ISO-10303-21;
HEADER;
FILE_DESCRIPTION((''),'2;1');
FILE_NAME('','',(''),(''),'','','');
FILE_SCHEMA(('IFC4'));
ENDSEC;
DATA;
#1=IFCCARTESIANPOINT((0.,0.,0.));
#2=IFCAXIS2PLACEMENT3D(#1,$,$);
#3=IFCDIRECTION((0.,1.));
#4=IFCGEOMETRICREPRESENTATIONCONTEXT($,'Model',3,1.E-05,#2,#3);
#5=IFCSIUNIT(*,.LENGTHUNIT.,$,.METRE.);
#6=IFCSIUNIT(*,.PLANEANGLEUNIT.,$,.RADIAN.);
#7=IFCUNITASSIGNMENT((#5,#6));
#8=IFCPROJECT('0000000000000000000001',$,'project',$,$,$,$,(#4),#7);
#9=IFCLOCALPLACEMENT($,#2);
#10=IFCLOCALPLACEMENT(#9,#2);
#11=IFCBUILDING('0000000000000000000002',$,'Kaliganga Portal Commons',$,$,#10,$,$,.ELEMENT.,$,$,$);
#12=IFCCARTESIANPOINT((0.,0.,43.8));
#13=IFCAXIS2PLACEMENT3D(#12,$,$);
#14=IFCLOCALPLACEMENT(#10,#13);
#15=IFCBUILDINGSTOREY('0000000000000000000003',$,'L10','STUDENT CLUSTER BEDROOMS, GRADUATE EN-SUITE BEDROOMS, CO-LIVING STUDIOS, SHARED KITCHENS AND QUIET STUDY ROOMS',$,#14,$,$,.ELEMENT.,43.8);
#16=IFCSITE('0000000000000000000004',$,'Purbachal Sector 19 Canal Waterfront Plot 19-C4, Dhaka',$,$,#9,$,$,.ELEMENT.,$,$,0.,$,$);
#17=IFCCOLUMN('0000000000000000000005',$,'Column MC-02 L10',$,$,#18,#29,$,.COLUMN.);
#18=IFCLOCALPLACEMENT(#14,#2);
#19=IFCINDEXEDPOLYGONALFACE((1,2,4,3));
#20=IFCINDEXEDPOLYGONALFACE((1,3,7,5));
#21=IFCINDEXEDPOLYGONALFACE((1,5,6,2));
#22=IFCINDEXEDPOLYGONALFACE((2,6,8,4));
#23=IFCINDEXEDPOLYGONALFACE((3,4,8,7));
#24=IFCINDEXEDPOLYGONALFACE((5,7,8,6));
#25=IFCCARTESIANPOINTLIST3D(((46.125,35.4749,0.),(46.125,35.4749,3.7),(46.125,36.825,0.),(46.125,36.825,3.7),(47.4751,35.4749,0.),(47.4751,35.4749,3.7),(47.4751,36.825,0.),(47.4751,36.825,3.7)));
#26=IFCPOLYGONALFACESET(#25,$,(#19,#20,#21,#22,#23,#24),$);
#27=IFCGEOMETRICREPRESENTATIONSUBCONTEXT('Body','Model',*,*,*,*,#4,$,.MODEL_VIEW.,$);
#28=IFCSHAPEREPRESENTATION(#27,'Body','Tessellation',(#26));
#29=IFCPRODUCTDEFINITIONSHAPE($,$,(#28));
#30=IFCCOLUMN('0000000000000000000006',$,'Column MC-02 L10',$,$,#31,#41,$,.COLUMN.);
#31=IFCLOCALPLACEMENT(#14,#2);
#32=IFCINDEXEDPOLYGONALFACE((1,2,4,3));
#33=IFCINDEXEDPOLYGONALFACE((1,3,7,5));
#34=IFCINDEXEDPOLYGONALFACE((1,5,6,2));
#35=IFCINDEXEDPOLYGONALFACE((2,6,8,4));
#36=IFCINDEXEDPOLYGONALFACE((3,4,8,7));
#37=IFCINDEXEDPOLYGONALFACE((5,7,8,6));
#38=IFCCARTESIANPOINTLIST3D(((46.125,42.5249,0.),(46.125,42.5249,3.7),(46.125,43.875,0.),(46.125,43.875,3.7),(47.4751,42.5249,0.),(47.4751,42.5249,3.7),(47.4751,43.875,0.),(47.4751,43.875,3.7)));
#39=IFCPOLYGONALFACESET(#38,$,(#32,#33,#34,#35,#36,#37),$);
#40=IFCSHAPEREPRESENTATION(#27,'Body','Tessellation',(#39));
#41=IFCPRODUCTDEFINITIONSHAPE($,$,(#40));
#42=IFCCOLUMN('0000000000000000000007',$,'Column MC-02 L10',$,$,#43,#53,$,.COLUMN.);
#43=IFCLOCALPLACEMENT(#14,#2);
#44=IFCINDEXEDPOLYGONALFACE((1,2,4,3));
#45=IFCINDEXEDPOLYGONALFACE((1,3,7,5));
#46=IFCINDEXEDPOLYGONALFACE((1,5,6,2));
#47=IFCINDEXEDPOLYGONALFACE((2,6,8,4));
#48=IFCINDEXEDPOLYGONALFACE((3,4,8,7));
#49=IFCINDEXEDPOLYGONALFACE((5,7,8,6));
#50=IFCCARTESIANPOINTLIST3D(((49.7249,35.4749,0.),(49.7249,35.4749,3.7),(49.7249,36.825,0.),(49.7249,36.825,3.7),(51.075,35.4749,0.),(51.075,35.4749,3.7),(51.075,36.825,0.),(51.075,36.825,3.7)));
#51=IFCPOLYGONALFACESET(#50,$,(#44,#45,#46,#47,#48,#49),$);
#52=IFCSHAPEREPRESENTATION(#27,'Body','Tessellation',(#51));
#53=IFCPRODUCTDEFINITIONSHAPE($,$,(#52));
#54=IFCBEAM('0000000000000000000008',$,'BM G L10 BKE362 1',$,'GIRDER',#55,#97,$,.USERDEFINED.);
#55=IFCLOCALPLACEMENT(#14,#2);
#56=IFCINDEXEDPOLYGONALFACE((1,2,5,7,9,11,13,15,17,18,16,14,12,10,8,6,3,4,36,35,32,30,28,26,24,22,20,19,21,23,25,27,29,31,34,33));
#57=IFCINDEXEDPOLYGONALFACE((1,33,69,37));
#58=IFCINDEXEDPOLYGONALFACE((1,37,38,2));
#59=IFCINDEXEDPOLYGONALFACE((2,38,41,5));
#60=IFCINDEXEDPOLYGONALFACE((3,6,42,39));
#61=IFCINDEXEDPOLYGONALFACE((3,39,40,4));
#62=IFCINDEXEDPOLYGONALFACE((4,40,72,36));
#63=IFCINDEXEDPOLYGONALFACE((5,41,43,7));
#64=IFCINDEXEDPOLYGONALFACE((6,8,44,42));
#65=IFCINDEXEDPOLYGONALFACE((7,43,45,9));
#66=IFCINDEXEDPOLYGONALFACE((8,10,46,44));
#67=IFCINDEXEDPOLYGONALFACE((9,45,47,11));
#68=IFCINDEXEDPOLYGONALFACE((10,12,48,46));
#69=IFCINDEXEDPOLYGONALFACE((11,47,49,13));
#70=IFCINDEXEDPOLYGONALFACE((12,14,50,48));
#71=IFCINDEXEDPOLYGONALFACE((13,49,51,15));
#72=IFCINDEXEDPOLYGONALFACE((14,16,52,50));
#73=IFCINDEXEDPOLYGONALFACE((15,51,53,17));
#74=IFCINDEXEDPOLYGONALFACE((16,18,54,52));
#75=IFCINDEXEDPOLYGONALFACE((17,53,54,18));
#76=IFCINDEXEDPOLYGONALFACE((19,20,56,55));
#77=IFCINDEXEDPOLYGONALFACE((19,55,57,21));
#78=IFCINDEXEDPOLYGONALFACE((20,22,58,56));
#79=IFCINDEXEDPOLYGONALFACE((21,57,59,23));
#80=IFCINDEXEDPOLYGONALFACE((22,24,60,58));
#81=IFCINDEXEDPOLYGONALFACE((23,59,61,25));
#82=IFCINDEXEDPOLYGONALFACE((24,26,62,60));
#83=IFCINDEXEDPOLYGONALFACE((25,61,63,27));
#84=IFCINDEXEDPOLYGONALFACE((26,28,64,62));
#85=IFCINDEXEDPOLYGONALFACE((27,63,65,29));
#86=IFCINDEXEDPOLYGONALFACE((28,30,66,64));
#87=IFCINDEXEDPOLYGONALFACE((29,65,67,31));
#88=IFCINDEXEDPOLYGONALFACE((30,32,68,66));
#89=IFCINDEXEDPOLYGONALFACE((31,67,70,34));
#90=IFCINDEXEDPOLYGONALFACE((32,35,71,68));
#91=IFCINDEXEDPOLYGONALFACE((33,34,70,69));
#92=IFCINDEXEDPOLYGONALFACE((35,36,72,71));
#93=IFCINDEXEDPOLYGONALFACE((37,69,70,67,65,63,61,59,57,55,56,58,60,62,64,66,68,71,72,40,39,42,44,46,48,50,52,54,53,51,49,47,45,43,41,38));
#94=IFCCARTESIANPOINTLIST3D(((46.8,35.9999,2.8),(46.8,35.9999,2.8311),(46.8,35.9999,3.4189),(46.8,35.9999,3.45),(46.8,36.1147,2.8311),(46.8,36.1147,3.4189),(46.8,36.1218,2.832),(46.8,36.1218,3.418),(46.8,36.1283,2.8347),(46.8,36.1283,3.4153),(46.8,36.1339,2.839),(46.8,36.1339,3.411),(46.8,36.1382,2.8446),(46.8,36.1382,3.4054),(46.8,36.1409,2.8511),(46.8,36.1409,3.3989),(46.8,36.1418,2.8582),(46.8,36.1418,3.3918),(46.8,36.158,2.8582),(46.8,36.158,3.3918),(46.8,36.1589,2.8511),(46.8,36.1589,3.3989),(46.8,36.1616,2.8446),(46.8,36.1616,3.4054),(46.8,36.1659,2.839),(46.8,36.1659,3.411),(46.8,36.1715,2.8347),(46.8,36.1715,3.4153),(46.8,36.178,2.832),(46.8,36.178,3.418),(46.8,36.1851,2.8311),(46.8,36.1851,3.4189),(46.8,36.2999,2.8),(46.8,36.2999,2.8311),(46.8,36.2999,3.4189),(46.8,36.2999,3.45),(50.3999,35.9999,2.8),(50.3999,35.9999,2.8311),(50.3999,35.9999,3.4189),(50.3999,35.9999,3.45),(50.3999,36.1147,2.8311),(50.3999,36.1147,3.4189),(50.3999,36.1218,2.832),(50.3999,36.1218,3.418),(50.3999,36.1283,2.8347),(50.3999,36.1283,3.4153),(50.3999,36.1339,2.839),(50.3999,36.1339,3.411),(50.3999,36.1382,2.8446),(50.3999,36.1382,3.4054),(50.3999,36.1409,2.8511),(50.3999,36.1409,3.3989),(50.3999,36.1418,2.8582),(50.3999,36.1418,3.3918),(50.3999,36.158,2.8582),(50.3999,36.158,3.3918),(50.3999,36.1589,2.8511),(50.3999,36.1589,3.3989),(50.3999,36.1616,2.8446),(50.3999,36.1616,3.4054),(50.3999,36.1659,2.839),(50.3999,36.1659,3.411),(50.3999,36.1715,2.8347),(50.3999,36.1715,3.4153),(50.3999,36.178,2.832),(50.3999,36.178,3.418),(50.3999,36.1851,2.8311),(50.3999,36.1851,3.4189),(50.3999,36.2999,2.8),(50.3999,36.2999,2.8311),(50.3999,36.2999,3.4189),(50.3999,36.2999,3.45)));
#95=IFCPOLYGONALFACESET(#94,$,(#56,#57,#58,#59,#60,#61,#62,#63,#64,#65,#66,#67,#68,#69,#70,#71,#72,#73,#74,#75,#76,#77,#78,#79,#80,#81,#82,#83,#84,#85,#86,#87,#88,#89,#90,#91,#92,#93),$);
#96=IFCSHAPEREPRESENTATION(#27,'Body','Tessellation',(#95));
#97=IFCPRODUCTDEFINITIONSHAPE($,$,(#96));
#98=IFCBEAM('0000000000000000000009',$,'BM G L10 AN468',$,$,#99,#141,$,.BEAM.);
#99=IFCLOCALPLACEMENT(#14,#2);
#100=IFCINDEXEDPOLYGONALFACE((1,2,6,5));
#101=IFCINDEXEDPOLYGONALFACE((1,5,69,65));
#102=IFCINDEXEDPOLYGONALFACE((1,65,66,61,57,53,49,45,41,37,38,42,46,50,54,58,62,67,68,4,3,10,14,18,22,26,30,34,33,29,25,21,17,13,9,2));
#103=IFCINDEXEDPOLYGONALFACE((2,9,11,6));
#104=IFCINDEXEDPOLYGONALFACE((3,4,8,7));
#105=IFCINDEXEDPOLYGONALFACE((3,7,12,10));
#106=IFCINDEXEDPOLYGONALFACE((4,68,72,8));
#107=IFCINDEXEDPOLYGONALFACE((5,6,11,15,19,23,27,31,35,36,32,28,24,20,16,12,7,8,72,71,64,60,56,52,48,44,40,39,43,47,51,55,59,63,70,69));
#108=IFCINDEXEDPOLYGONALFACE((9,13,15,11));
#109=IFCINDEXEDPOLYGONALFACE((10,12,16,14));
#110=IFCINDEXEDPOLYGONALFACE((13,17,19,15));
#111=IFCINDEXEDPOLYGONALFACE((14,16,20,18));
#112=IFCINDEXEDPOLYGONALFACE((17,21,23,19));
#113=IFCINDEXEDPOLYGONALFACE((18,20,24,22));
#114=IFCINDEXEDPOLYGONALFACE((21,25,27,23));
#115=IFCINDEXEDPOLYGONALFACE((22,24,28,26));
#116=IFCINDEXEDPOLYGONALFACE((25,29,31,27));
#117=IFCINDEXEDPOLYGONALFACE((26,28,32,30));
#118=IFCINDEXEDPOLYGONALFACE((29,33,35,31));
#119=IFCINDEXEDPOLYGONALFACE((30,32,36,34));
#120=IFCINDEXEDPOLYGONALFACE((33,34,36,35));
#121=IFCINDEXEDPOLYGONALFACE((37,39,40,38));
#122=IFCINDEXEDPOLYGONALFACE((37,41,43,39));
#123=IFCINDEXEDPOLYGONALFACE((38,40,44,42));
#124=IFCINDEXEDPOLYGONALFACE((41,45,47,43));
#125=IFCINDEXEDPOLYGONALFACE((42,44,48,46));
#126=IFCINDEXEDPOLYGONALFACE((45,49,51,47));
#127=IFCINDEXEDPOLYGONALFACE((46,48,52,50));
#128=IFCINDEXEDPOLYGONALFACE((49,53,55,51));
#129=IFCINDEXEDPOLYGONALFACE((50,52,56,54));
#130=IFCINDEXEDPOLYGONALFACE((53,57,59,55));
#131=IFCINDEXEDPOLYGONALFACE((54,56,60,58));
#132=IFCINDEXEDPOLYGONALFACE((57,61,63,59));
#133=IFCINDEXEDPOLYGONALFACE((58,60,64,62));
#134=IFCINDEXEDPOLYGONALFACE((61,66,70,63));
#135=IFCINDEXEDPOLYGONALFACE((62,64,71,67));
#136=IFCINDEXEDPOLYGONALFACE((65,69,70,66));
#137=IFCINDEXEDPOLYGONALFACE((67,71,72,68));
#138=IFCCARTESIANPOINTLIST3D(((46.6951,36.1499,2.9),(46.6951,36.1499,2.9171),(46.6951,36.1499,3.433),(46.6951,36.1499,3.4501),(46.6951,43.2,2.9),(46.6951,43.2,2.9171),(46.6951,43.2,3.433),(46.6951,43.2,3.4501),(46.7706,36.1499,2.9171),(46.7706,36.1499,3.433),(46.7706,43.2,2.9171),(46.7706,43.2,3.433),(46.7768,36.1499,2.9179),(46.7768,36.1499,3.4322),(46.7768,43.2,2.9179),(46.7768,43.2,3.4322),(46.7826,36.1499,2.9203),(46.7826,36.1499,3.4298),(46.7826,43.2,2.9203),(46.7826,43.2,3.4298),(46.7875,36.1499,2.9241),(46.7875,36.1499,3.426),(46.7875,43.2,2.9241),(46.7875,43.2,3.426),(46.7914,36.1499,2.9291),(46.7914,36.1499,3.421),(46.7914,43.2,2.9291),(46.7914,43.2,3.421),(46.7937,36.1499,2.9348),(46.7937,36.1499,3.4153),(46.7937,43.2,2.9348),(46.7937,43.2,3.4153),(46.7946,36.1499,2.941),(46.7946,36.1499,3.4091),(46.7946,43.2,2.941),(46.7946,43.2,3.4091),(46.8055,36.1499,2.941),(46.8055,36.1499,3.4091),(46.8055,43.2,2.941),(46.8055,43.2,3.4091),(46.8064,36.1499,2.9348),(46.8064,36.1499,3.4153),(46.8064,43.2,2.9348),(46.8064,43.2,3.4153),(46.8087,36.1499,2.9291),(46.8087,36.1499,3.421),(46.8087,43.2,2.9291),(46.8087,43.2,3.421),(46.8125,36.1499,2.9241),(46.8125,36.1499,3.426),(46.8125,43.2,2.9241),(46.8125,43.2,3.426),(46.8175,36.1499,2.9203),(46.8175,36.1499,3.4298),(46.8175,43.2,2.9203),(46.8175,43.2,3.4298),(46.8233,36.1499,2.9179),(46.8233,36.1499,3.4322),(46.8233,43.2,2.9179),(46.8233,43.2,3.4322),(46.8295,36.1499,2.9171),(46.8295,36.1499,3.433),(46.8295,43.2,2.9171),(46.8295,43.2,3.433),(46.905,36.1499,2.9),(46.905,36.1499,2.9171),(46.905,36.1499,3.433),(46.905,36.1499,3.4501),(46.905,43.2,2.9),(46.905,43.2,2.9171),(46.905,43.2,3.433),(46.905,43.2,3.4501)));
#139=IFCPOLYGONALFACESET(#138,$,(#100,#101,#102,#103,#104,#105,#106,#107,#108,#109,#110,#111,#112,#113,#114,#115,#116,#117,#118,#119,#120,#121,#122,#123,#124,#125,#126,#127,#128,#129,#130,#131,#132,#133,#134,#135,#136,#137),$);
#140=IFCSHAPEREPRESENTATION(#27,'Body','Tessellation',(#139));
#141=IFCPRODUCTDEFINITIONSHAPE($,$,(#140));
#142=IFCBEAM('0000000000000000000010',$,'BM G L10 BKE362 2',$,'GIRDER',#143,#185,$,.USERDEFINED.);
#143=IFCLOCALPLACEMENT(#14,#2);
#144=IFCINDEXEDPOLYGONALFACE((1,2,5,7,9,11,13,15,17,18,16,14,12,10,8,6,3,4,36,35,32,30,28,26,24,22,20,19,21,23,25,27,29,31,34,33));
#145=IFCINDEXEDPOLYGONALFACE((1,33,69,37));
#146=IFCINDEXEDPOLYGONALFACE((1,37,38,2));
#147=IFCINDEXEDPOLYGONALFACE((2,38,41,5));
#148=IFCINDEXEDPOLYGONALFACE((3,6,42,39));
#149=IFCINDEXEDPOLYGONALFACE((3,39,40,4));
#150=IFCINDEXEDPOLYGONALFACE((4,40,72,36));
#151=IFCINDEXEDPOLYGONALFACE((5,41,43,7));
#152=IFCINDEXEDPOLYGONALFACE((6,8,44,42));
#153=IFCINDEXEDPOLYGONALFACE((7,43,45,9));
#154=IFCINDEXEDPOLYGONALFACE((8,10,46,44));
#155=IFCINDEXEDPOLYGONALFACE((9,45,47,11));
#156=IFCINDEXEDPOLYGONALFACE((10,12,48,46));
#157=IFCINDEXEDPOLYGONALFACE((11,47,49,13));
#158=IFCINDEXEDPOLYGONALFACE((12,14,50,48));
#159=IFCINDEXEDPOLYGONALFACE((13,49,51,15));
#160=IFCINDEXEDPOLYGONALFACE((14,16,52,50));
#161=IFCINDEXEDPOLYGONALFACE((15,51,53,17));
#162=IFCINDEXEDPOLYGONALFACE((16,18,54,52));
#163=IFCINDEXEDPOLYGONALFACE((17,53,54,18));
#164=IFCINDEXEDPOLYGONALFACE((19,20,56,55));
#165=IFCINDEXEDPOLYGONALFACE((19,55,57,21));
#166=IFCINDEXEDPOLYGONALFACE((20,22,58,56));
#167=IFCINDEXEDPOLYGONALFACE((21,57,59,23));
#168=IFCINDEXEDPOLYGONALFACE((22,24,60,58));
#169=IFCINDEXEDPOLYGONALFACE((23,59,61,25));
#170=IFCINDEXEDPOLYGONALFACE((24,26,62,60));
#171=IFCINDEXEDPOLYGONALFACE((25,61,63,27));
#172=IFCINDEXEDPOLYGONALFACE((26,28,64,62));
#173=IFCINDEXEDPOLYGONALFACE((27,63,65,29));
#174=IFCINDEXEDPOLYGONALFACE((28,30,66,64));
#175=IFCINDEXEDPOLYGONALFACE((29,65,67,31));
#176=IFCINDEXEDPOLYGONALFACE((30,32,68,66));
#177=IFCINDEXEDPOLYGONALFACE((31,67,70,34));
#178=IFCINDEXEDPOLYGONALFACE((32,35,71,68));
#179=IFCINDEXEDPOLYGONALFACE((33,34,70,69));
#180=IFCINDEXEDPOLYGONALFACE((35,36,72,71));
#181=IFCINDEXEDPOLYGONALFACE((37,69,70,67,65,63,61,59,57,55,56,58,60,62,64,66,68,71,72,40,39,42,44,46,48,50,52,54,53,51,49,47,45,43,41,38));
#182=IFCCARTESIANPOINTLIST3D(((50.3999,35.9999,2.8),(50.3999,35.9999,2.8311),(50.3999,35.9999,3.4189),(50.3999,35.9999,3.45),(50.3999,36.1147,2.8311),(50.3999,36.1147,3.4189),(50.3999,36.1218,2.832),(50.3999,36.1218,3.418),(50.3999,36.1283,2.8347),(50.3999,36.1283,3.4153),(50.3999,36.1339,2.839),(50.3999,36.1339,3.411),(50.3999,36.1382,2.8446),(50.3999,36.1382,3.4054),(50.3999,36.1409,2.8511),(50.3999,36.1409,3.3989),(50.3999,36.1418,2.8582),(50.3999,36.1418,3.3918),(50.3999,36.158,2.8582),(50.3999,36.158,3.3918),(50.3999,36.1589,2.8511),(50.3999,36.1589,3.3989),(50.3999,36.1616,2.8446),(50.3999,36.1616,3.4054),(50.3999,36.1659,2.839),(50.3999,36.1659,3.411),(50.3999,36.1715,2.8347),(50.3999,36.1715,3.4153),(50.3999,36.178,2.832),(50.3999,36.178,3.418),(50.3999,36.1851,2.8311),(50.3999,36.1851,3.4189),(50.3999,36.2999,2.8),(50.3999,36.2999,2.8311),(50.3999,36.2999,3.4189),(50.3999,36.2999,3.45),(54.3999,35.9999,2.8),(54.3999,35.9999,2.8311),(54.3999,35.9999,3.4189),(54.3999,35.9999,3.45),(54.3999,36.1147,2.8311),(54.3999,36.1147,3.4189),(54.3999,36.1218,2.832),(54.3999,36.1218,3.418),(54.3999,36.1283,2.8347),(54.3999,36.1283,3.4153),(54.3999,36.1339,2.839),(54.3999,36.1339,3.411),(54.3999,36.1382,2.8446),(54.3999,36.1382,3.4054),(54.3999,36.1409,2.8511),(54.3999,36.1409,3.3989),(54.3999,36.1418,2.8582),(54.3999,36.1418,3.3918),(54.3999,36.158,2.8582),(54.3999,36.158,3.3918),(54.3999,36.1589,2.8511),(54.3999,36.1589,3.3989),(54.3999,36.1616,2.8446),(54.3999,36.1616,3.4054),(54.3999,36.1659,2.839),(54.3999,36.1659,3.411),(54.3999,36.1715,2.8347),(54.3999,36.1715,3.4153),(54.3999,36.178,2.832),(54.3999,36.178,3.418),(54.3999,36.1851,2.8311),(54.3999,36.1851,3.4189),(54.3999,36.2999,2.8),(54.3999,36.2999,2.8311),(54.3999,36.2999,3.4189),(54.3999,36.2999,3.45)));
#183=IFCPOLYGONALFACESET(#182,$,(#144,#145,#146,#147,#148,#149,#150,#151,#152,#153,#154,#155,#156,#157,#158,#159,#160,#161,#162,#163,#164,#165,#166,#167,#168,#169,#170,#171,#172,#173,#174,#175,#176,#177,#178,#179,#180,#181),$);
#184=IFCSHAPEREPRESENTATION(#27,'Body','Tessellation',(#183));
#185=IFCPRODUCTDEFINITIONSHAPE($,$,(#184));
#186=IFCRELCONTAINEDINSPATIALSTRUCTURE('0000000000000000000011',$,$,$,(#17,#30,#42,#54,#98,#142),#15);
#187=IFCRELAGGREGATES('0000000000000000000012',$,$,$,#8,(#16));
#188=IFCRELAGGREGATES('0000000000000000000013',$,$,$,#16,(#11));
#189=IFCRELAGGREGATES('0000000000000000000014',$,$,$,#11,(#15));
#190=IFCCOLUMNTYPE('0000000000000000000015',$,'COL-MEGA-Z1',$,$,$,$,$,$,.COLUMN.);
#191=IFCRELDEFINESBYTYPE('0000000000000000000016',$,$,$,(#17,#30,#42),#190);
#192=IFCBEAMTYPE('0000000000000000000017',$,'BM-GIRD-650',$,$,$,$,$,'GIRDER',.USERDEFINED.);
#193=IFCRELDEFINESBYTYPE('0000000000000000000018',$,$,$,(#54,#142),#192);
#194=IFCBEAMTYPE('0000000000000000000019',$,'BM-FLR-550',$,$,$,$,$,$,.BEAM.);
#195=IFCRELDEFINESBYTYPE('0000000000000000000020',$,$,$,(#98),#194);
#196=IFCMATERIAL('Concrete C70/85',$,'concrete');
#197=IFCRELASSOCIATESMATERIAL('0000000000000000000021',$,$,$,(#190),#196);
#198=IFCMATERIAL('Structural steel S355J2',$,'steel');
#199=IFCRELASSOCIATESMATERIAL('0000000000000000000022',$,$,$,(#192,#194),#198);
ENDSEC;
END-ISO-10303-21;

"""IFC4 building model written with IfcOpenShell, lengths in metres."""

from ifc_helpers import new_model, si_unit, direction, frame, origin, origin_2d, place, context, subcontext, project, spatial, rectangle, i_section, extrude, source, transform, mapped, material, material_profile, profile_set, type_object, element, save


model = new_model("IFC4")

# Units and contexts
model_context = context("Model", 3, precision=1e-05, world=origin(), true_north=direction((0.0, 1.0)))
body_context = subcontext(model_context, "Body", "Model", "MODEL_VIEW")
ifc_project = project(units=[si_unit("LENGTHUNIT", "METRE"), si_unit("PLANEANGLEUNIT", "RADIAN")], contexts=[model_context])

# Site, building, storey
site_placement = place(None, origin())
site = spatial("IfcSite", under=ifc_project, at=site_placement, Name="Purbachal Sector 19 Canal Waterfront Plot 19-C4, Dhaka", CompositionType="ELEMENT", RefElevation=0.0)
building_placement = place(site_placement, origin())
building = spatial("IfcBuilding", under=site, at=building_placement, Name="Kaliganga Portal Commons", CompositionType="ELEMENT")
storey_placement = place(building_placement, frame((0.0, 0.0, 43.8)))
storey = spatial("IfcBuildingStorey", under=building, at=storey_placement, Name="L10", Description="STUDENT CLUSTER BEDROOMS, GRADUATE EN-SUITE BEDROOMS, CO-LIVING STUDIOS, SHARED KITCHENS AND QUIET STUDY ROOMS", CompositionType="ELEMENT", Elevation=43.8)

# Columns
ifc_material_1 = material(Name="Concrete C70/85", Category="concrete")
ifc_material_profile_1 = material_profile(ifc_material_1, rectangle(XDim=1.3501, YDim=1.3501, at=origin_2d()), Name="RC 1350x1350")
ifc_profile_set_1 = profile_set([ifc_material_profile_1], Name="Concrete C70/85")
column_type = type_object("IfcColumnType", Name="COL-MEGA-Z1", PredefinedType="COLUMN", material=ifc_profile_set_1)
shared_shape_1 = source(origin(), body_context, "Body", "SweptSolid", [
    extrude(rectangle(XDim=1.3501, YDim=1.3501, at=origin_2d()), origin(), (0.0, 0.0, 1.0), 3.7),
])
for number, where, z_axis, x_axis, name in (
    (1, (46.8, 36.1499, 0.0), (0.0, 0.0, 1.0), (1.0, 0.0, 0.0), "Column MC-02 L10"),
    (2, (46.8, 43.2, 0.0), (0.0, 0.0, 1.0), (1.0, 0.0, 0.0), "Column MC-02 L10"),
    (3, (50.3999, 36.1499, 0.0), (0.0, 0.0, 1.0), (1.0, 0.0, 0.0), "Column MC-02 L10"),
):
    element("IfcColumn", number, at=place(storey_placement, frame(where, z_axis=z_axis, x_axis=x_axis)), inside=storey, type_object=column_type, Name=name, PredefinedType="COLUMN", context=body_context, shape_type="MappedRepresentation", body=[
        mapped(shared_shape_1, transform((0.0, 0.0, 0.0), x_axis=(1.0, 0.0, 0.0), y_axis=(0.0, 1.0, 0.0), z_axis=(0.0, 0.0, 1.0), scale=1.0)),
    ])

# Beams
ifc_material_2 = material(Name="Structural steel S355J2", Category="steel")
ifc_material_profile_2 = material_profile(ifc_material_2, i_section(OverallWidth=0.3, OverallDepth=0.6499, WebThickness=0.0161, FlangeThickness=0.031, FilletRadius=0.0271, at=origin_2d()), Name="HE 650 B")
ifc_profile_set_2 = profile_set([ifc_material_profile_2], Name="Structural steel S355J2 wide-flange")
beam_type_1 = type_object("IfcBeamType", Name="BM-GIRD-650", ElementType="GIRDER", PredefinedType="USERDEFINED", material=ifc_profile_set_2)
shared_shape_2 = source(origin(), body_context, "Body", "SweptSolid", [
    extrude(i_section(OverallWidth=0.3, OverallDepth=0.6499, WebThickness=0.0161, FlangeThickness=0.031, FilletRadius=0.0271, at=origin_2d()), origin(), (0.0, 0.0, 1.0), 3.5999),
])
beam_1_placement = place(storey_placement, frame((46.8, 36.1499, 3.125), z_axis=(1.0, 0.0, 0.0), x_axis=(0.0, 1.0, 0.0)))
element("IfcBeam", 4, at=beam_1_placement, inside=storey, type_object=beam_type_1, Name="BM G L10 BKE362 1", ObjectType="GIRDER", PredefinedType="USERDEFINED", context=body_context, shape_type="MappedRepresentation", body=[
    mapped(shared_shape_2, transform((0.0, 0.0, 0.0), x_axis=(1.0, 0.0, 0.0), y_axis=(0.0, 1.0, 0.0), z_axis=(0.0, 0.0, 1.0), scale=1.0)),
])
ifc_material_profile_3 = material_profile(ifc_material_2, i_section(OverallWidth=0.21, OverallDepth=0.55, WebThickness=0.011, FlangeThickness=0.0171, FilletRadius=0.0239, at=origin_2d()), Name="IPE 550")
ifc_profile_set_3 = profile_set([ifc_material_profile_3], Name="Structural steel S355J2 wide-flange")
beam_type_2 = type_object("IfcBeamType", Name="BM-FLR-550", PredefinedType="BEAM", material=ifc_profile_set_3)
shared_shape_3 = source(origin(), body_context, "Body", "SweptSolid", [
    extrude(i_section(OverallWidth=0.21, OverallDepth=0.55, WebThickness=0.011, FlangeThickness=0.0171, FilletRadius=0.0239, at=origin_2d()), origin(), (0.0, 0.0, 1.0), 7.05),
])
beam_2_placement = place(storey_placement, frame((46.8, 36.1499, 3.175), z_axis=(0.0, 1.0, 0.0), x_axis=(-1.0, 0.0, 0.0)))
element("IfcBeam", 5, at=beam_2_placement, inside=storey, type_object=beam_type_2, Name="BM G L10 AN468", PredefinedType="BEAM", context=body_context, shape_type="MappedRepresentation", body=[
    mapped(shared_shape_3, transform((0.0, 0.0, 0.0), x_axis=(1.0, 0.0, 0.0), y_axis=(0.0, 1.0, 0.0), z_axis=(0.0, 0.0, 1.0), scale=1.0)),
])
shared_shape_4 = source(origin(), body_context, "Body", "SweptSolid", [
    extrude(i_section(OverallWidth=0.3, OverallDepth=0.6499, WebThickness=0.0161, FlangeThickness=0.031, FilletRadius=0.0271, at=origin_2d()), origin(), (0.0, 0.0, 1.0), 4.0),
])
beam_3_placement = place(storey_placement, frame((50.3999, 36.1499, 3.125), z_axis=(1.0, 0.0, 0.0), x_axis=(0.0, 1.0, 0.0)))
element("IfcBeam", 6, at=beam_3_placement, inside=storey, type_object=beam_type_1, Name="BM G L10 BKE362 2", ObjectType="GIRDER", PredefinedType="USERDEFINED", context=body_context, shape_type="MappedRepresentation", body=[
    mapped(shared_shape_4, transform((0.0, 0.0, 0.0), x_axis=(1.0, 0.0, 0.0), y_axis=(0.0, 1.0, 0.0), z_axis=(0.0, 0.0, 1.0), scale=1.0)),
])

save(model, "model.ifc")
